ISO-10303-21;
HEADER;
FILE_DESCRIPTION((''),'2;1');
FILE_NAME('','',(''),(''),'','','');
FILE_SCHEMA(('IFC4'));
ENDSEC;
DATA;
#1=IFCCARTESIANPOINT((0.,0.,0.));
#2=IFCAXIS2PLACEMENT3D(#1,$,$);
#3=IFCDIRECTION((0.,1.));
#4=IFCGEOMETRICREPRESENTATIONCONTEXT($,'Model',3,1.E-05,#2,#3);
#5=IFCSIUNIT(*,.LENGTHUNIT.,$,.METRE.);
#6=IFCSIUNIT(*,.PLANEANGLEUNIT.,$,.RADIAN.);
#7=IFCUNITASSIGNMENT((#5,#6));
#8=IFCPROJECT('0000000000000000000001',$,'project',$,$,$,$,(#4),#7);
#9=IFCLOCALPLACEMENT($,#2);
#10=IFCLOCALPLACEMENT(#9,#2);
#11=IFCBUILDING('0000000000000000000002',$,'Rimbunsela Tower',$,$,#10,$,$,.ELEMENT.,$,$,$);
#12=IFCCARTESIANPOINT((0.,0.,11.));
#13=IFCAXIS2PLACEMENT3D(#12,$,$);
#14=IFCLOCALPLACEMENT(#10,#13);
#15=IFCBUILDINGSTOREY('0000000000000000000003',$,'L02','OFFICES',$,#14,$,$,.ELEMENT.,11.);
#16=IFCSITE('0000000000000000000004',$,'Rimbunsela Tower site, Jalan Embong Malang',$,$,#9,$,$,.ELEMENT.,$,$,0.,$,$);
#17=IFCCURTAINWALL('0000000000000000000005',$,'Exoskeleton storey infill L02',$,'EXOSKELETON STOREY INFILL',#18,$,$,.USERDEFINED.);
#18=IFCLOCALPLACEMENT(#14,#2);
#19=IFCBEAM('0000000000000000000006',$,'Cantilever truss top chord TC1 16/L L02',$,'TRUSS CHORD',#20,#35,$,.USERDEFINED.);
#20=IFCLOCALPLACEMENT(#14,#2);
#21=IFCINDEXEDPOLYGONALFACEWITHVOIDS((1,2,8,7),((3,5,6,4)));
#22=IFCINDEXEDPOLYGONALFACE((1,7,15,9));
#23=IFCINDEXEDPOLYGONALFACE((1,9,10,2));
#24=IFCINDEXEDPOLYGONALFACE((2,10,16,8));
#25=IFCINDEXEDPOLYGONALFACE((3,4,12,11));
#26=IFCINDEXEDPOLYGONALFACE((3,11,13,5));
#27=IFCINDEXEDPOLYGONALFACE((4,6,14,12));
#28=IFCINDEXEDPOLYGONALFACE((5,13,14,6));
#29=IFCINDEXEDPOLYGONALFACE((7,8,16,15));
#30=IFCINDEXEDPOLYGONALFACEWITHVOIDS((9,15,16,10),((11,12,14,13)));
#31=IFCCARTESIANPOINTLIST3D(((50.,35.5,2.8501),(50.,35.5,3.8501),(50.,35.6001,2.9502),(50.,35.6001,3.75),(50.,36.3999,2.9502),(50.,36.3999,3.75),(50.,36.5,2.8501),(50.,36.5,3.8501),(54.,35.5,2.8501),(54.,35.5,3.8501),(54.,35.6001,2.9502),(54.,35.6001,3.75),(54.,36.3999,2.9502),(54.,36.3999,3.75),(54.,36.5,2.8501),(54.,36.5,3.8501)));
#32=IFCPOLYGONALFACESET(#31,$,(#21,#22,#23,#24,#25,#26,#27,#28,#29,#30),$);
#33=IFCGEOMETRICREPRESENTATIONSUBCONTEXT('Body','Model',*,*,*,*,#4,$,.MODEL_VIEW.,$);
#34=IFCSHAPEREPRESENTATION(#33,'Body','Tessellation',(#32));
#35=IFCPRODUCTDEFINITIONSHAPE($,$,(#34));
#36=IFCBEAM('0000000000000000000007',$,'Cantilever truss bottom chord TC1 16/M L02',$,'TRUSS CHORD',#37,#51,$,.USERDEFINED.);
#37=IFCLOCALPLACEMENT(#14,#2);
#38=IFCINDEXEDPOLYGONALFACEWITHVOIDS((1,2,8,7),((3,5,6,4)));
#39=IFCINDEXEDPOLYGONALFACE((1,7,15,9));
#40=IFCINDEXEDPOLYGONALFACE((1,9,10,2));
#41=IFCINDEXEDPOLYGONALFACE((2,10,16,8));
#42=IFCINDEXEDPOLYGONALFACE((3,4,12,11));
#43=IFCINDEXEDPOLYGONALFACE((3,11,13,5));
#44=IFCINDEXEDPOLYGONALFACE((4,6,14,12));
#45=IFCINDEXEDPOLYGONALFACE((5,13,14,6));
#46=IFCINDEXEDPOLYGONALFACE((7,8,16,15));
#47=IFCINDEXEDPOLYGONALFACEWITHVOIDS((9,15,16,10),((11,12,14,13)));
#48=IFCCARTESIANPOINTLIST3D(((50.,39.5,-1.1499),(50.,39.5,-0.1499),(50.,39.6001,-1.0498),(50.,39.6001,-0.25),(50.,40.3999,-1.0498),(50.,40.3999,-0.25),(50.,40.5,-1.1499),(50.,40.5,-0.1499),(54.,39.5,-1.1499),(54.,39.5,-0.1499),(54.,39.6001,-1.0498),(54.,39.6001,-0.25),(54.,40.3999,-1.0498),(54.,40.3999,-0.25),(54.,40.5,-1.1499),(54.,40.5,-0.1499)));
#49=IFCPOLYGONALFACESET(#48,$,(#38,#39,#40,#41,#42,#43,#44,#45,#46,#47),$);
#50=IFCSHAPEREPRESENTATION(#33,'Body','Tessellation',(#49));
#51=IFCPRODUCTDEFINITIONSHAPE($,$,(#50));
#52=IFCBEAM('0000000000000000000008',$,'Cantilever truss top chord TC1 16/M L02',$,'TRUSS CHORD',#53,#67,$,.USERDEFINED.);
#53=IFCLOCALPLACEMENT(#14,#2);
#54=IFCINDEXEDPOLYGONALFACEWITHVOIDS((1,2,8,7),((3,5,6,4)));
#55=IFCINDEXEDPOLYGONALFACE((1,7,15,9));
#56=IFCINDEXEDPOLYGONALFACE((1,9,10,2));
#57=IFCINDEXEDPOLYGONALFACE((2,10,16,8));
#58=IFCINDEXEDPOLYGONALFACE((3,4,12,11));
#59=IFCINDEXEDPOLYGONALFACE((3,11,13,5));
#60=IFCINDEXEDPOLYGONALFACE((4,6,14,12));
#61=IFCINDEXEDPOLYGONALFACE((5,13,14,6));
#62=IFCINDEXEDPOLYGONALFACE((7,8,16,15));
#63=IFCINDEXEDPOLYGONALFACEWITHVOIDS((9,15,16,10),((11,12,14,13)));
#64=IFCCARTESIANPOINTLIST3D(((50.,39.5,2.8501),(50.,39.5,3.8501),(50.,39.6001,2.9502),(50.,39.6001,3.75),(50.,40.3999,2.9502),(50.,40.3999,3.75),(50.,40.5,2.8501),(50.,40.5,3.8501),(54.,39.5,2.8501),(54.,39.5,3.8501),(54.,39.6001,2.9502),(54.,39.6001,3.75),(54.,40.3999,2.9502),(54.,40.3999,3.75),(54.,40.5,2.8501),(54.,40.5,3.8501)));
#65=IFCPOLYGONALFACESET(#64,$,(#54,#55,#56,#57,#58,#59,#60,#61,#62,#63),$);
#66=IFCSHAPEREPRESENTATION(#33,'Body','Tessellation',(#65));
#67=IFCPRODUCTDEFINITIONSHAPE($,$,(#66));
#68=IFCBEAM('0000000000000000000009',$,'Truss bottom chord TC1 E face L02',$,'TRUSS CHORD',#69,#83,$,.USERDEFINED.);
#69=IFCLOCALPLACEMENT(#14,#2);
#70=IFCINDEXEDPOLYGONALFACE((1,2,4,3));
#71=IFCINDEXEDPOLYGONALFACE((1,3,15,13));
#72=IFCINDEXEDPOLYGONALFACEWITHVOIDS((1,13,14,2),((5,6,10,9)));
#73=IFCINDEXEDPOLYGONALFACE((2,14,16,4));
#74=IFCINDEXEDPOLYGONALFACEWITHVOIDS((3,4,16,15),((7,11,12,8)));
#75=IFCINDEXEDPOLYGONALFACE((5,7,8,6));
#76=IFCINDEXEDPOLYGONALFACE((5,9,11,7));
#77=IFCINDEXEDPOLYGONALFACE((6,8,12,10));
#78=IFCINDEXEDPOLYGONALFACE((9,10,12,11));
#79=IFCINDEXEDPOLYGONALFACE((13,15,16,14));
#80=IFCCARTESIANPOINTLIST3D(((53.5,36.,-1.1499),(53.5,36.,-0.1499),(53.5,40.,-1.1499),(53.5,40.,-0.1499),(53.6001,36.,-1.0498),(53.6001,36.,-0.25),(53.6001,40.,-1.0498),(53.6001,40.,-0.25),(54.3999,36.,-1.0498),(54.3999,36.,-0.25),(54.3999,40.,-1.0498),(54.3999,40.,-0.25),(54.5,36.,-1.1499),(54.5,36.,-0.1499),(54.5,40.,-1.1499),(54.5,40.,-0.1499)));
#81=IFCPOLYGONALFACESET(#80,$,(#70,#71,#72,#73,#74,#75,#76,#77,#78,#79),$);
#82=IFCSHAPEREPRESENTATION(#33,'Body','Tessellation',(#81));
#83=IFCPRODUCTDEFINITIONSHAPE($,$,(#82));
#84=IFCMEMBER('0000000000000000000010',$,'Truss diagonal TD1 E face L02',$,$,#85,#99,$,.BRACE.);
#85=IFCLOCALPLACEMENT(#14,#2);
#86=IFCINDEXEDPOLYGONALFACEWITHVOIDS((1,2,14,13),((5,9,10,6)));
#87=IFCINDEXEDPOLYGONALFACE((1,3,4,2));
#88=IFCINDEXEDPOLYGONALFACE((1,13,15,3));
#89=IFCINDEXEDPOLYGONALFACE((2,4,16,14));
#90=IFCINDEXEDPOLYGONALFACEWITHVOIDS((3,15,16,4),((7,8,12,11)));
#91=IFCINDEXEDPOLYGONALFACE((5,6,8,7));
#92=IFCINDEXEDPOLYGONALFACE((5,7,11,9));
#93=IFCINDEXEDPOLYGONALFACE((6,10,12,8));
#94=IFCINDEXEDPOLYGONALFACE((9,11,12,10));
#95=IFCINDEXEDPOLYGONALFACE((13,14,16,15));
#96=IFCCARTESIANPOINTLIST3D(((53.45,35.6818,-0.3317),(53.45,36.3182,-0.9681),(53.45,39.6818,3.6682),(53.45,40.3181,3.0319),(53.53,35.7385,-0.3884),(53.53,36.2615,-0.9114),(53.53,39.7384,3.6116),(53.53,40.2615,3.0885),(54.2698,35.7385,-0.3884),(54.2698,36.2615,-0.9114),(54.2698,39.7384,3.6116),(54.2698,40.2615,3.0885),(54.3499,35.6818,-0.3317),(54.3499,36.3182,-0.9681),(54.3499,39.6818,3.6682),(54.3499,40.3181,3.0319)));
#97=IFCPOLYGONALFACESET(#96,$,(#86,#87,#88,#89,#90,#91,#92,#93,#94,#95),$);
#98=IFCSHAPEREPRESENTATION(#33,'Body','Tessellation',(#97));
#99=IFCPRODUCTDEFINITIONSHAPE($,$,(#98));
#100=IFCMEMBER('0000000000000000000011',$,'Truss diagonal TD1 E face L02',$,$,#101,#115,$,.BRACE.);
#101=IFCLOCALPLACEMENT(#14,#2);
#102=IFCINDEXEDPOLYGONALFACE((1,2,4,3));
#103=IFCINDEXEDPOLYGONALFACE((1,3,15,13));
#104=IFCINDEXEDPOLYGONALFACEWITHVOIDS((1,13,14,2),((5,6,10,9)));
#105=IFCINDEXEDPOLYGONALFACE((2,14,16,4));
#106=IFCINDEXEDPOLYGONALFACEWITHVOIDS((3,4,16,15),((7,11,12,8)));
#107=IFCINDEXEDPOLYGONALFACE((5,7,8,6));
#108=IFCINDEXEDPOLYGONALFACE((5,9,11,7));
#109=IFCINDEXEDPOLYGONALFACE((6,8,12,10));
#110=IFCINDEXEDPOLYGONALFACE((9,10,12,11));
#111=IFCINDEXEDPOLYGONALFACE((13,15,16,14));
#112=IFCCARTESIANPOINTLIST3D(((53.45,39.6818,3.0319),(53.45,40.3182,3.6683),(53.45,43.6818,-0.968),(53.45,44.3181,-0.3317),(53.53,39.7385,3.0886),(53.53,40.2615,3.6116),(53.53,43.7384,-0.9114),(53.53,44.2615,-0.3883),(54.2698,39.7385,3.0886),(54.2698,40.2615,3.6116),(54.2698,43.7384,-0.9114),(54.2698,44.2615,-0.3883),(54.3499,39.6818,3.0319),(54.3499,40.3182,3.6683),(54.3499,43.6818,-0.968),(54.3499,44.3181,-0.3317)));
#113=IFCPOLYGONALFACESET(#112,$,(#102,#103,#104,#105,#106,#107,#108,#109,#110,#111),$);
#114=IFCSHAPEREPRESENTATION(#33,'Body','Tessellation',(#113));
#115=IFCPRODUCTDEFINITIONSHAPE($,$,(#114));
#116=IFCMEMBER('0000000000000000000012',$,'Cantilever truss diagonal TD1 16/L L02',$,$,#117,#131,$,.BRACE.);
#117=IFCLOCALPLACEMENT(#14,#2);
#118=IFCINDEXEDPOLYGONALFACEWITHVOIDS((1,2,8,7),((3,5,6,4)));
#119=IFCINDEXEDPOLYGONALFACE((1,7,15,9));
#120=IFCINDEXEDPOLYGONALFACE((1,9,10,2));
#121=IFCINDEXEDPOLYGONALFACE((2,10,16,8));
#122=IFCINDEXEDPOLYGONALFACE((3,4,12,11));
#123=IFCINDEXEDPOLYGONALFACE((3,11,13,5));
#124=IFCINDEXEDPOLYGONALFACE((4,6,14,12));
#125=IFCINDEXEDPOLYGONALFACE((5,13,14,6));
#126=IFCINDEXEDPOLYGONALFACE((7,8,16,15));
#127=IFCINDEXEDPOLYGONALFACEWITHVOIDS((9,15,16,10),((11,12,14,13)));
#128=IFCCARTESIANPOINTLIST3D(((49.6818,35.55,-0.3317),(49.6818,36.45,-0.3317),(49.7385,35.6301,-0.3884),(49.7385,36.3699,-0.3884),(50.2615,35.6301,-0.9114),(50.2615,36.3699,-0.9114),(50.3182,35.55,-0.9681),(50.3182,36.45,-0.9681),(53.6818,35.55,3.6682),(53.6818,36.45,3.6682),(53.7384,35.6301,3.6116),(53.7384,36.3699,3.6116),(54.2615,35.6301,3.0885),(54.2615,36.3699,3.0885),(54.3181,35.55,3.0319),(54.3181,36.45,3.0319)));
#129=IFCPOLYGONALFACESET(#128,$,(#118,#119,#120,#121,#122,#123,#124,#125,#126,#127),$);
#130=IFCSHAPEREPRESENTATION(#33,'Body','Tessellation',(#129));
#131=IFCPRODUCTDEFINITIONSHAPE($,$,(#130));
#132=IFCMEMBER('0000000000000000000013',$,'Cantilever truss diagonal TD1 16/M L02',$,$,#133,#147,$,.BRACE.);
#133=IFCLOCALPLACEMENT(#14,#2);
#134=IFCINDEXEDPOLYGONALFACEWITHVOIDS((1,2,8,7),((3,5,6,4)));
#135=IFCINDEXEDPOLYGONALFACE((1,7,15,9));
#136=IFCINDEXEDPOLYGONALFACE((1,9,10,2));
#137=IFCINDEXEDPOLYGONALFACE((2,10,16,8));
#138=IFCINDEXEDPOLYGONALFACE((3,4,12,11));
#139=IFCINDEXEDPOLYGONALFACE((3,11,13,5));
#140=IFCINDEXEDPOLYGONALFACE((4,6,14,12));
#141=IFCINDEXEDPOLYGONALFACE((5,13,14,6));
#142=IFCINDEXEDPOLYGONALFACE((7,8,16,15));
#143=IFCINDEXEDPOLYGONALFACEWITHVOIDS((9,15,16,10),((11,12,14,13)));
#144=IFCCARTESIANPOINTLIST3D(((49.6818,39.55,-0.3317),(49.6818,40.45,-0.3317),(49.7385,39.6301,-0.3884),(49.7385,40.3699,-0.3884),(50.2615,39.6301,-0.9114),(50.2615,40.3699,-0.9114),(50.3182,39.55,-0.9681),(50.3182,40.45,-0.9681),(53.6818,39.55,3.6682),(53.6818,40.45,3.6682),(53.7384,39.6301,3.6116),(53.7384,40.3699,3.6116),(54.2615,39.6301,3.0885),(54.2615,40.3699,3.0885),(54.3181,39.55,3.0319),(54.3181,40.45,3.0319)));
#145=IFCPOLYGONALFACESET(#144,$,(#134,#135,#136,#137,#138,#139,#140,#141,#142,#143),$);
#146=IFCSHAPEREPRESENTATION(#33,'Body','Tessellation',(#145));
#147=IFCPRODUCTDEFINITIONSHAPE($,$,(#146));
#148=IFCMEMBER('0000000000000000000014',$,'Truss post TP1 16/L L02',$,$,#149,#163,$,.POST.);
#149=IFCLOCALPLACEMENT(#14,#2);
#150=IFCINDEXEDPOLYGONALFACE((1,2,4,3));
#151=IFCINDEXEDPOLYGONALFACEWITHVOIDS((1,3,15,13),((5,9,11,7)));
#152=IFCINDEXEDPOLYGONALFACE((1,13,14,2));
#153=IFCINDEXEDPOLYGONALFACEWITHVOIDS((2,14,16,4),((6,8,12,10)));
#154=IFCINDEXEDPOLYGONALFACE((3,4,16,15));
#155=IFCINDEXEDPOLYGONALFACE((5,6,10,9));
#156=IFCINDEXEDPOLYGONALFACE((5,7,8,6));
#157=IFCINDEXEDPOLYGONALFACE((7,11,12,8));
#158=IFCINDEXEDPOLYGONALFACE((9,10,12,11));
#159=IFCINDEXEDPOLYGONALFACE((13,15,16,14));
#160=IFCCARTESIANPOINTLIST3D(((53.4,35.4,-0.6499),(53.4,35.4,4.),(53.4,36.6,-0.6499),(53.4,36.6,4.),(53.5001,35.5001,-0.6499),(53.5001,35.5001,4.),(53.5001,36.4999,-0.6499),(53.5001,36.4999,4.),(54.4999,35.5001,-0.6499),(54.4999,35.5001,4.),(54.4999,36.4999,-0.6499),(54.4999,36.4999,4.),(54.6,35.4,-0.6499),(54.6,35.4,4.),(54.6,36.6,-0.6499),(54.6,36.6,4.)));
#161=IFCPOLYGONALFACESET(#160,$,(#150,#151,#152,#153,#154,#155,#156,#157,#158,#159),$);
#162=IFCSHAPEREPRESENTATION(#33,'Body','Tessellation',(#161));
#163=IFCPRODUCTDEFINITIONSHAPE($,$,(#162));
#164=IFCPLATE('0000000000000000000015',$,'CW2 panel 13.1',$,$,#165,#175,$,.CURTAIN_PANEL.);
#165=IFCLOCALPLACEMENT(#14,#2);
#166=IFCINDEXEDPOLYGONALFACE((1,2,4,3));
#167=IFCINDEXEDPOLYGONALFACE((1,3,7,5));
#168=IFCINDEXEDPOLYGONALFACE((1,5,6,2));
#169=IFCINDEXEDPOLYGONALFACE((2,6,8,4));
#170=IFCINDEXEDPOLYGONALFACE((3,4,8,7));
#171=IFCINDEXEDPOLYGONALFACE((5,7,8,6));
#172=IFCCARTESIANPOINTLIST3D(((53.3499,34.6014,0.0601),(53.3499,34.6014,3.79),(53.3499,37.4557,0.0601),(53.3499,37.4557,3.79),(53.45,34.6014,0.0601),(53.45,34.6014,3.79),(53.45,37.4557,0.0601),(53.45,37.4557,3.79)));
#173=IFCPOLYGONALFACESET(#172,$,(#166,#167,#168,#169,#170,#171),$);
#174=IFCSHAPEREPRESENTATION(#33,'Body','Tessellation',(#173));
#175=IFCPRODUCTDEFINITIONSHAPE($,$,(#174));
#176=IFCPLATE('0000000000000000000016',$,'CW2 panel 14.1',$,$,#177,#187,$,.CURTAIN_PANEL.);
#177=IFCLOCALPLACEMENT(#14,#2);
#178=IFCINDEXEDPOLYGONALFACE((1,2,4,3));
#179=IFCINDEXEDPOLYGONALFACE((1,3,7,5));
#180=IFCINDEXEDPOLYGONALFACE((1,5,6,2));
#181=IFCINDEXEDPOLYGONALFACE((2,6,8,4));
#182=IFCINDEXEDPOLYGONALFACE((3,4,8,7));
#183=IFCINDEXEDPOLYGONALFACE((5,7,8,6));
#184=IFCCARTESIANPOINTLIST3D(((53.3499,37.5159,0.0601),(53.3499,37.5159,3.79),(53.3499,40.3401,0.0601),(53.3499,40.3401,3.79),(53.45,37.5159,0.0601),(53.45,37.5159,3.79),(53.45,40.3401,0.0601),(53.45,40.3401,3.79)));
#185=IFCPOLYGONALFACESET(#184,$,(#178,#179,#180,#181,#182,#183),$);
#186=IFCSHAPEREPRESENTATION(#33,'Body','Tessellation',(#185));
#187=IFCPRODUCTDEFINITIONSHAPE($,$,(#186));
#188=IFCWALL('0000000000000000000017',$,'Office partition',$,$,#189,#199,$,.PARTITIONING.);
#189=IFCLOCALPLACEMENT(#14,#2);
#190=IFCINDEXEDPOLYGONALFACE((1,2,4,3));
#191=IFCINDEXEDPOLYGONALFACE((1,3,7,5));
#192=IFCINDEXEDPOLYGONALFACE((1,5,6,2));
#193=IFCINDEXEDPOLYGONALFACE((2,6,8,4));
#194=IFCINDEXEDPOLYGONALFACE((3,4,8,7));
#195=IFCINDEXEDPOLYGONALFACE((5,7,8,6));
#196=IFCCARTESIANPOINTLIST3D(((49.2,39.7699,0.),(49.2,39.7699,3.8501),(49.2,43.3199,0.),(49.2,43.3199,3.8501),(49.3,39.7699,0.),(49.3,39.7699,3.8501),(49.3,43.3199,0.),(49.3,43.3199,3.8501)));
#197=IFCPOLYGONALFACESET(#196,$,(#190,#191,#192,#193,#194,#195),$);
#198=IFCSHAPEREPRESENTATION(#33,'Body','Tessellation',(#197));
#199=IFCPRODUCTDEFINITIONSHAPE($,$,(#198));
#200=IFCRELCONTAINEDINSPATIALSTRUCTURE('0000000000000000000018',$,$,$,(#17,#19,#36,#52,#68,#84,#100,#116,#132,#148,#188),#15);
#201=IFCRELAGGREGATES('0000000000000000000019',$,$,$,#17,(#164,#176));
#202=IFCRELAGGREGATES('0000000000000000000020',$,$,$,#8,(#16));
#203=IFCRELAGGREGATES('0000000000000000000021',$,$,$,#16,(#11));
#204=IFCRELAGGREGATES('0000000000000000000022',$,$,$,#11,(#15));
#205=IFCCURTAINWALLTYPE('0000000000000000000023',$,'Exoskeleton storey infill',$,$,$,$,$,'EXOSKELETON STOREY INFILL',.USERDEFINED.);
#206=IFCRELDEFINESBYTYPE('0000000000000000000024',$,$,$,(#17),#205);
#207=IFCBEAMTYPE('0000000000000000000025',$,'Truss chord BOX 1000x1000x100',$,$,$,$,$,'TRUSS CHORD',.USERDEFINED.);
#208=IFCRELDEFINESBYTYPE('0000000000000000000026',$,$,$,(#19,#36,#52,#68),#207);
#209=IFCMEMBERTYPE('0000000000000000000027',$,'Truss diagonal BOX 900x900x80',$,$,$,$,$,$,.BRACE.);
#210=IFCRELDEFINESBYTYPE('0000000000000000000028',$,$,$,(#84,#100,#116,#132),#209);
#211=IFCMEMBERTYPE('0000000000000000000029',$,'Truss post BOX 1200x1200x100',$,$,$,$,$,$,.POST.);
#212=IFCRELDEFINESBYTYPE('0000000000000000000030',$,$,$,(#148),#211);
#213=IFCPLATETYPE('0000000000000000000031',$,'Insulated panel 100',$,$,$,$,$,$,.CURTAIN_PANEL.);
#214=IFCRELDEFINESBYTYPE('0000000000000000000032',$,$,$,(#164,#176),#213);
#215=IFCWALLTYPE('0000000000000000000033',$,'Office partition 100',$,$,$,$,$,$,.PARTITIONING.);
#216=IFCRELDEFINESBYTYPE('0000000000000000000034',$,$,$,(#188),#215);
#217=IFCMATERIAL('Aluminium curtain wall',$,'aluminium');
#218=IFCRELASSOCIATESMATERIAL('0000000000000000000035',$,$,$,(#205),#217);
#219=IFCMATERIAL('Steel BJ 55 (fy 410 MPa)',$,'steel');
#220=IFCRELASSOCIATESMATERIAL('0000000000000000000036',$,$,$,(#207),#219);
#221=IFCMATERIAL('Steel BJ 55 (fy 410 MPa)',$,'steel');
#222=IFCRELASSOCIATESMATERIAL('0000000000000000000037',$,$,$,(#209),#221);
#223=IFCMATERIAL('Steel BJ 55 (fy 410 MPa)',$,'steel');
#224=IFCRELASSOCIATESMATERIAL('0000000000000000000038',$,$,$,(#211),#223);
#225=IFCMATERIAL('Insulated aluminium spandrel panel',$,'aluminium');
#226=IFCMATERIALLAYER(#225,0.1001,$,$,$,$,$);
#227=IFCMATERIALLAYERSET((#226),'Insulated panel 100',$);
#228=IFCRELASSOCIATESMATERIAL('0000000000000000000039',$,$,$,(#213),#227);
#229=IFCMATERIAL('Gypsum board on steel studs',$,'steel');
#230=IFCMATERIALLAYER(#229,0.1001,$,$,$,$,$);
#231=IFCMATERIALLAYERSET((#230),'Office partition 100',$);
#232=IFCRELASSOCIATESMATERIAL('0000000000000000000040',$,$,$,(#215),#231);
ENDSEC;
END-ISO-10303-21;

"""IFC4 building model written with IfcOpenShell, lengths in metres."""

from ifc_helpers import new_model, si_unit, direction, frame, frame_2d, origin, origin_2d, place, context, subcontext, project, spatial, rectangle, hollow_rectangle, extrude, material, layer, layer_set, material_profile, profile_set, type_object, element, aggregate, save


model = new_model("IFC4")

# Units and contexts
model_context = context("Model", 3, precision=1e-05, world=origin(), true_north=direction((0.0, 1.0)))
body_context = subcontext(model_context, "Body", "Model", "MODEL_VIEW")
ifc_project = project(units=[si_unit("LENGTHUNIT", "METRE"), si_unit("PLANEANGLEUNIT", "RADIAN")], contexts=[model_context])

# Site, building, storey
site_placement = place(None, origin())
site = spatial("IfcSite", under=ifc_project, at=site_placement, Name="Rimbunsela Tower site, Jalan Embong Malang", CompositionType="ELEMENT", RefElevation=0.0)
building_placement = place(site_placement, origin())
building = spatial("IfcBuilding", under=site, at=building_placement, Name="Rimbunsela Tower", CompositionType="ELEMENT")
storey_placement = place(building_placement, frame((0.0, 0.0, 11.0)))
storey = spatial("IfcBuildingStorey", under=building, at=storey_placement, Name="L02", Description="OFFICES", CompositionType="ELEMENT", Elevation=11.0)

# Curtain wall
ifc_material_1 = material(Name="Aluminium curtain wall", Category="aluminium")
curtain_wall_type = type_object("IfcCurtainWallType", Name="Exoskeleton storey infill", ElementType="EXOSKELETON STOREY INFILL", PredefinedType="USERDEFINED", material=ifc_material_1)
curtain_wall_placement = place(storey_placement, origin())
curtain_wall = element("IfcCurtainWall", 1, at=curtain_wall_placement, inside=storey, type_object=curtain_wall_type, Name="Exoskeleton storey infill L02", ObjectType="EXOSKELETON STOREY INFILL", PredefinedType="USERDEFINED")

# Beams
ifc_material_2 = material(Name="Steel BJ 55 (fy 410 MPa)", Category="steel")
ifc_material_profile_1 = material_profile(ifc_material_2, hollow_rectangle(XDim=1.0, YDim=1.0, WallThickness=0.1001, at=origin_2d()), Name="BOX 1000x1000x100")
ifc_profile_set_1 = profile_set([ifc_material_profile_1], Name="Steel BJ 55 (fy 410 MPa)")
beam_type_1 = type_object("IfcBeamType", Name="Truss chord BOX 1000x1000x100", ElementType="TRUSS CHORD", PredefinedType="USERDEFINED", material=ifc_profile_set_1)
for number, where, z_axis, x_axis, name in (
    (2, (50.0, 36.0, 3.3501), (1.0, 0.0, 0.0), (0.0, 1.0, 0.0), "Cantilever truss top chord TC1 16/L L02"),
    (3, (50.0, 40.0, -0.6499), (1.0, 0.0, 0.0), (0.0, 1.0, 0.0), "Cantilever truss bottom chord TC1 16/M L02"),
    (4, (50.0, 40.0, 3.3501), (1.0, 0.0, 0.0), (0.0, 1.0, 0.0), "Cantilever truss top chord TC1 16/M L02"),
    (5, (54.0, 36.0, -0.6499), (0.0, 1.0, 0.0), (-1.0, 0.0, 0.0), "Truss bottom chord TC1 E face L02"),
):
    element("IfcBeam", number, at=place(storey_placement, frame(where, z_axis=z_axis, x_axis=x_axis)), inside=storey, type_object=beam_type_1, Name=name, ObjectType="TRUSS CHORD", PredefinedType="USERDEFINED", context=body_context, shape_type="SweptSolid", body=[
        extrude(hollow_rectangle(XDim=1.0, YDim=1.0, WallThickness=0.1001, at=origin_2d()), origin(), (0.0, 0.0, 1.0), 4.0),
    ])

# Members
ifc_material_3 = material(Name="Steel BJ 55 (fy 410 MPa)", Category="steel")
ifc_material_profile_2 = material_profile(ifc_material_3, hollow_rectangle(XDim=0.8999, YDim=0.8999, WallThickness=0.0801, at=origin_2d()), Name="BOX 900x900x80")
ifc_profile_set_2 = profile_set([ifc_material_profile_2], Name="Steel BJ 55 (fy 410 MPa)")
member_type_1 = type_object("IfcMemberType", Name="Truss diagonal BOX 900x900x80", PredefinedType="BRACE", material=ifc_profile_set_2)
for number, where, z_axis, x_axis, name in (
    (6, (53.8999, 36.0, -0.6499), (0.0, 0.707107, 0.707107), (-1.0, 0.0, 0.0), "Truss diagonal TD1 E face L02"),
    (7, (53.8999, 40.0, 3.3501), (0.0, 0.707107, -0.707107), (-1.0, 0.0, 0.0), "Truss diagonal TD1 E face L02"),
    (8, (50.0, 36.0, -0.6499), (0.707107, 0.0, 0.707107), (0.0, 1.0, 0.0), "Cantilever truss diagonal TD1 16/L L02"),
    (9, (50.0, 40.0, -0.6499), (0.707107, 0.0, 0.707107), (0.0, 1.0, 0.0), "Cantilever truss diagonal TD1 16/M L02"),
):
    element("IfcMember", number, at=place(storey_placement, frame(where, z_axis=z_axis, x_axis=x_axis)), inside=storey, type_object=member_type_1, Name=name, PredefinedType="BRACE", context=body_context, shape_type="SweptSolid", body=[
        extrude(hollow_rectangle(XDim=0.8999, YDim=0.8999, WallThickness=0.0801, at=origin_2d()), origin(), (0.0, 0.0, 1.0), 5.6567),
    ])
ifc_material_4 = material(Name="Steel BJ 55 (fy 410 MPa)", Category="steel")
ifc_material_profile_3 = material_profile(ifc_material_4, hollow_rectangle(XDim=1.2, YDim=1.2, WallThickness=0.1001, at=origin_2d()), Name="BOX 1200x1200x100")
ifc_profile_set_3 = profile_set([ifc_material_profile_3], Name="Steel BJ 55 (fy 410 MPa)")
member_type_2 = type_object("IfcMemberType", Name="Truss post BOX 1200x1200x100", PredefinedType="POST", material=ifc_profile_set_3)
member_1_placement = place(storey_placement, frame((54.0, 36.0, -0.6499), z_axis=(0.0, 0.0, 1.0), x_axis=(1.0, 0.0, 0.0)))
element("IfcMember", 10, at=member_1_placement, inside=storey, type_object=member_type_2, Name="Truss post TP1 16/L L02", PredefinedType="POST", context=body_context, shape_type="SweptSolid", body=[
    extrude(hollow_rectangle(XDim=1.2, YDim=1.2, WallThickness=0.1001, at=origin_2d()), origin(), (0.0, 0.0, 1.0), 4.6499),
])

# Plates
ifc_material_5 = material(Name="Insulated aluminium spandrel panel", Category="aluminium")
ifc_layer_1 = layer(ifc_material_5, 0.1001)
ifc_layer_set_1 = layer_set([ifc_layer_1], Name="Insulated panel 100")
plate_type = type_object("IfcPlateType", Name="Insulated panel 100", PredefinedType="CURTAIN_PANEL", material=ifc_layer_set_1)
plate_1_placement = place(storey_placement, frame((53.3999, 36.0286, 0.0601), z_axis=(0.0, 0.0, 1.0), x_axis=(0.0, 1.0, 0.0)))
plate_1 = element("IfcPlate", 11, at=plate_1_placement, type_object=plate_type, Name="CW2 panel 13.1", PredefinedType="CURTAIN_PANEL", context=body_context, shape_type="SweptSolid", body=[
    extrude(rectangle(XDim=2.8542, YDim=0.1001, at=origin_2d()), origin(), (0.0, 0.0, 1.0), 3.73),
])
plate_2_placement = place(storey_placement, frame((53.3999, 38.928, 0.0601), z_axis=(0.0, 0.0, 1.0), x_axis=(0.0, 1.0, 0.0)))
plate_2 = element("IfcPlate", 12, at=plate_2_placement, type_object=plate_type, Name="CW2 panel 14.1", PredefinedType="CURTAIN_PANEL", context=body_context, shape_type="SweptSolid", body=[
    extrude(rectangle(XDim=2.8242, YDim=0.1001, at=origin_2d()), origin(), (0.0, 0.0, 1.0), 3.73),
])
aggregate(curtain_wall, [plate_1, plate_2])

# Wall
ifc_material_6 = material(Name="Gypsum board on steel studs", Category="steel")
ifc_layer_2 = layer(ifc_material_6, 0.1001)
ifc_layer_set_2 = layer_set([ifc_layer_2], Name="Office partition 100")
wall_type = type_object("IfcWallType", Name="Office partition 100", PredefinedType="PARTITIONING", material=ifc_layer_set_2)
wall_placement = place(storey_placement, frame((49.25, 39.77, 0.0), z_axis=(0.0, 0.0, 1.0), x_axis=(0.0, 1.0, 0.0)))
element("IfcWall", 13, at=wall_placement, inside=storey, type_object=wall_type, Name="Office partition", PredefinedType="PARTITIONING", context=body_context, shape_type="SweptSolid", body=[
    extrude(rectangle(XDim=3.55, YDim=0.1001, at=frame_2d((1.7749, 0.0))), origin(), (0.0, 0.0, 1.0), 3.8501),
])

save(model, "model.ifc")
